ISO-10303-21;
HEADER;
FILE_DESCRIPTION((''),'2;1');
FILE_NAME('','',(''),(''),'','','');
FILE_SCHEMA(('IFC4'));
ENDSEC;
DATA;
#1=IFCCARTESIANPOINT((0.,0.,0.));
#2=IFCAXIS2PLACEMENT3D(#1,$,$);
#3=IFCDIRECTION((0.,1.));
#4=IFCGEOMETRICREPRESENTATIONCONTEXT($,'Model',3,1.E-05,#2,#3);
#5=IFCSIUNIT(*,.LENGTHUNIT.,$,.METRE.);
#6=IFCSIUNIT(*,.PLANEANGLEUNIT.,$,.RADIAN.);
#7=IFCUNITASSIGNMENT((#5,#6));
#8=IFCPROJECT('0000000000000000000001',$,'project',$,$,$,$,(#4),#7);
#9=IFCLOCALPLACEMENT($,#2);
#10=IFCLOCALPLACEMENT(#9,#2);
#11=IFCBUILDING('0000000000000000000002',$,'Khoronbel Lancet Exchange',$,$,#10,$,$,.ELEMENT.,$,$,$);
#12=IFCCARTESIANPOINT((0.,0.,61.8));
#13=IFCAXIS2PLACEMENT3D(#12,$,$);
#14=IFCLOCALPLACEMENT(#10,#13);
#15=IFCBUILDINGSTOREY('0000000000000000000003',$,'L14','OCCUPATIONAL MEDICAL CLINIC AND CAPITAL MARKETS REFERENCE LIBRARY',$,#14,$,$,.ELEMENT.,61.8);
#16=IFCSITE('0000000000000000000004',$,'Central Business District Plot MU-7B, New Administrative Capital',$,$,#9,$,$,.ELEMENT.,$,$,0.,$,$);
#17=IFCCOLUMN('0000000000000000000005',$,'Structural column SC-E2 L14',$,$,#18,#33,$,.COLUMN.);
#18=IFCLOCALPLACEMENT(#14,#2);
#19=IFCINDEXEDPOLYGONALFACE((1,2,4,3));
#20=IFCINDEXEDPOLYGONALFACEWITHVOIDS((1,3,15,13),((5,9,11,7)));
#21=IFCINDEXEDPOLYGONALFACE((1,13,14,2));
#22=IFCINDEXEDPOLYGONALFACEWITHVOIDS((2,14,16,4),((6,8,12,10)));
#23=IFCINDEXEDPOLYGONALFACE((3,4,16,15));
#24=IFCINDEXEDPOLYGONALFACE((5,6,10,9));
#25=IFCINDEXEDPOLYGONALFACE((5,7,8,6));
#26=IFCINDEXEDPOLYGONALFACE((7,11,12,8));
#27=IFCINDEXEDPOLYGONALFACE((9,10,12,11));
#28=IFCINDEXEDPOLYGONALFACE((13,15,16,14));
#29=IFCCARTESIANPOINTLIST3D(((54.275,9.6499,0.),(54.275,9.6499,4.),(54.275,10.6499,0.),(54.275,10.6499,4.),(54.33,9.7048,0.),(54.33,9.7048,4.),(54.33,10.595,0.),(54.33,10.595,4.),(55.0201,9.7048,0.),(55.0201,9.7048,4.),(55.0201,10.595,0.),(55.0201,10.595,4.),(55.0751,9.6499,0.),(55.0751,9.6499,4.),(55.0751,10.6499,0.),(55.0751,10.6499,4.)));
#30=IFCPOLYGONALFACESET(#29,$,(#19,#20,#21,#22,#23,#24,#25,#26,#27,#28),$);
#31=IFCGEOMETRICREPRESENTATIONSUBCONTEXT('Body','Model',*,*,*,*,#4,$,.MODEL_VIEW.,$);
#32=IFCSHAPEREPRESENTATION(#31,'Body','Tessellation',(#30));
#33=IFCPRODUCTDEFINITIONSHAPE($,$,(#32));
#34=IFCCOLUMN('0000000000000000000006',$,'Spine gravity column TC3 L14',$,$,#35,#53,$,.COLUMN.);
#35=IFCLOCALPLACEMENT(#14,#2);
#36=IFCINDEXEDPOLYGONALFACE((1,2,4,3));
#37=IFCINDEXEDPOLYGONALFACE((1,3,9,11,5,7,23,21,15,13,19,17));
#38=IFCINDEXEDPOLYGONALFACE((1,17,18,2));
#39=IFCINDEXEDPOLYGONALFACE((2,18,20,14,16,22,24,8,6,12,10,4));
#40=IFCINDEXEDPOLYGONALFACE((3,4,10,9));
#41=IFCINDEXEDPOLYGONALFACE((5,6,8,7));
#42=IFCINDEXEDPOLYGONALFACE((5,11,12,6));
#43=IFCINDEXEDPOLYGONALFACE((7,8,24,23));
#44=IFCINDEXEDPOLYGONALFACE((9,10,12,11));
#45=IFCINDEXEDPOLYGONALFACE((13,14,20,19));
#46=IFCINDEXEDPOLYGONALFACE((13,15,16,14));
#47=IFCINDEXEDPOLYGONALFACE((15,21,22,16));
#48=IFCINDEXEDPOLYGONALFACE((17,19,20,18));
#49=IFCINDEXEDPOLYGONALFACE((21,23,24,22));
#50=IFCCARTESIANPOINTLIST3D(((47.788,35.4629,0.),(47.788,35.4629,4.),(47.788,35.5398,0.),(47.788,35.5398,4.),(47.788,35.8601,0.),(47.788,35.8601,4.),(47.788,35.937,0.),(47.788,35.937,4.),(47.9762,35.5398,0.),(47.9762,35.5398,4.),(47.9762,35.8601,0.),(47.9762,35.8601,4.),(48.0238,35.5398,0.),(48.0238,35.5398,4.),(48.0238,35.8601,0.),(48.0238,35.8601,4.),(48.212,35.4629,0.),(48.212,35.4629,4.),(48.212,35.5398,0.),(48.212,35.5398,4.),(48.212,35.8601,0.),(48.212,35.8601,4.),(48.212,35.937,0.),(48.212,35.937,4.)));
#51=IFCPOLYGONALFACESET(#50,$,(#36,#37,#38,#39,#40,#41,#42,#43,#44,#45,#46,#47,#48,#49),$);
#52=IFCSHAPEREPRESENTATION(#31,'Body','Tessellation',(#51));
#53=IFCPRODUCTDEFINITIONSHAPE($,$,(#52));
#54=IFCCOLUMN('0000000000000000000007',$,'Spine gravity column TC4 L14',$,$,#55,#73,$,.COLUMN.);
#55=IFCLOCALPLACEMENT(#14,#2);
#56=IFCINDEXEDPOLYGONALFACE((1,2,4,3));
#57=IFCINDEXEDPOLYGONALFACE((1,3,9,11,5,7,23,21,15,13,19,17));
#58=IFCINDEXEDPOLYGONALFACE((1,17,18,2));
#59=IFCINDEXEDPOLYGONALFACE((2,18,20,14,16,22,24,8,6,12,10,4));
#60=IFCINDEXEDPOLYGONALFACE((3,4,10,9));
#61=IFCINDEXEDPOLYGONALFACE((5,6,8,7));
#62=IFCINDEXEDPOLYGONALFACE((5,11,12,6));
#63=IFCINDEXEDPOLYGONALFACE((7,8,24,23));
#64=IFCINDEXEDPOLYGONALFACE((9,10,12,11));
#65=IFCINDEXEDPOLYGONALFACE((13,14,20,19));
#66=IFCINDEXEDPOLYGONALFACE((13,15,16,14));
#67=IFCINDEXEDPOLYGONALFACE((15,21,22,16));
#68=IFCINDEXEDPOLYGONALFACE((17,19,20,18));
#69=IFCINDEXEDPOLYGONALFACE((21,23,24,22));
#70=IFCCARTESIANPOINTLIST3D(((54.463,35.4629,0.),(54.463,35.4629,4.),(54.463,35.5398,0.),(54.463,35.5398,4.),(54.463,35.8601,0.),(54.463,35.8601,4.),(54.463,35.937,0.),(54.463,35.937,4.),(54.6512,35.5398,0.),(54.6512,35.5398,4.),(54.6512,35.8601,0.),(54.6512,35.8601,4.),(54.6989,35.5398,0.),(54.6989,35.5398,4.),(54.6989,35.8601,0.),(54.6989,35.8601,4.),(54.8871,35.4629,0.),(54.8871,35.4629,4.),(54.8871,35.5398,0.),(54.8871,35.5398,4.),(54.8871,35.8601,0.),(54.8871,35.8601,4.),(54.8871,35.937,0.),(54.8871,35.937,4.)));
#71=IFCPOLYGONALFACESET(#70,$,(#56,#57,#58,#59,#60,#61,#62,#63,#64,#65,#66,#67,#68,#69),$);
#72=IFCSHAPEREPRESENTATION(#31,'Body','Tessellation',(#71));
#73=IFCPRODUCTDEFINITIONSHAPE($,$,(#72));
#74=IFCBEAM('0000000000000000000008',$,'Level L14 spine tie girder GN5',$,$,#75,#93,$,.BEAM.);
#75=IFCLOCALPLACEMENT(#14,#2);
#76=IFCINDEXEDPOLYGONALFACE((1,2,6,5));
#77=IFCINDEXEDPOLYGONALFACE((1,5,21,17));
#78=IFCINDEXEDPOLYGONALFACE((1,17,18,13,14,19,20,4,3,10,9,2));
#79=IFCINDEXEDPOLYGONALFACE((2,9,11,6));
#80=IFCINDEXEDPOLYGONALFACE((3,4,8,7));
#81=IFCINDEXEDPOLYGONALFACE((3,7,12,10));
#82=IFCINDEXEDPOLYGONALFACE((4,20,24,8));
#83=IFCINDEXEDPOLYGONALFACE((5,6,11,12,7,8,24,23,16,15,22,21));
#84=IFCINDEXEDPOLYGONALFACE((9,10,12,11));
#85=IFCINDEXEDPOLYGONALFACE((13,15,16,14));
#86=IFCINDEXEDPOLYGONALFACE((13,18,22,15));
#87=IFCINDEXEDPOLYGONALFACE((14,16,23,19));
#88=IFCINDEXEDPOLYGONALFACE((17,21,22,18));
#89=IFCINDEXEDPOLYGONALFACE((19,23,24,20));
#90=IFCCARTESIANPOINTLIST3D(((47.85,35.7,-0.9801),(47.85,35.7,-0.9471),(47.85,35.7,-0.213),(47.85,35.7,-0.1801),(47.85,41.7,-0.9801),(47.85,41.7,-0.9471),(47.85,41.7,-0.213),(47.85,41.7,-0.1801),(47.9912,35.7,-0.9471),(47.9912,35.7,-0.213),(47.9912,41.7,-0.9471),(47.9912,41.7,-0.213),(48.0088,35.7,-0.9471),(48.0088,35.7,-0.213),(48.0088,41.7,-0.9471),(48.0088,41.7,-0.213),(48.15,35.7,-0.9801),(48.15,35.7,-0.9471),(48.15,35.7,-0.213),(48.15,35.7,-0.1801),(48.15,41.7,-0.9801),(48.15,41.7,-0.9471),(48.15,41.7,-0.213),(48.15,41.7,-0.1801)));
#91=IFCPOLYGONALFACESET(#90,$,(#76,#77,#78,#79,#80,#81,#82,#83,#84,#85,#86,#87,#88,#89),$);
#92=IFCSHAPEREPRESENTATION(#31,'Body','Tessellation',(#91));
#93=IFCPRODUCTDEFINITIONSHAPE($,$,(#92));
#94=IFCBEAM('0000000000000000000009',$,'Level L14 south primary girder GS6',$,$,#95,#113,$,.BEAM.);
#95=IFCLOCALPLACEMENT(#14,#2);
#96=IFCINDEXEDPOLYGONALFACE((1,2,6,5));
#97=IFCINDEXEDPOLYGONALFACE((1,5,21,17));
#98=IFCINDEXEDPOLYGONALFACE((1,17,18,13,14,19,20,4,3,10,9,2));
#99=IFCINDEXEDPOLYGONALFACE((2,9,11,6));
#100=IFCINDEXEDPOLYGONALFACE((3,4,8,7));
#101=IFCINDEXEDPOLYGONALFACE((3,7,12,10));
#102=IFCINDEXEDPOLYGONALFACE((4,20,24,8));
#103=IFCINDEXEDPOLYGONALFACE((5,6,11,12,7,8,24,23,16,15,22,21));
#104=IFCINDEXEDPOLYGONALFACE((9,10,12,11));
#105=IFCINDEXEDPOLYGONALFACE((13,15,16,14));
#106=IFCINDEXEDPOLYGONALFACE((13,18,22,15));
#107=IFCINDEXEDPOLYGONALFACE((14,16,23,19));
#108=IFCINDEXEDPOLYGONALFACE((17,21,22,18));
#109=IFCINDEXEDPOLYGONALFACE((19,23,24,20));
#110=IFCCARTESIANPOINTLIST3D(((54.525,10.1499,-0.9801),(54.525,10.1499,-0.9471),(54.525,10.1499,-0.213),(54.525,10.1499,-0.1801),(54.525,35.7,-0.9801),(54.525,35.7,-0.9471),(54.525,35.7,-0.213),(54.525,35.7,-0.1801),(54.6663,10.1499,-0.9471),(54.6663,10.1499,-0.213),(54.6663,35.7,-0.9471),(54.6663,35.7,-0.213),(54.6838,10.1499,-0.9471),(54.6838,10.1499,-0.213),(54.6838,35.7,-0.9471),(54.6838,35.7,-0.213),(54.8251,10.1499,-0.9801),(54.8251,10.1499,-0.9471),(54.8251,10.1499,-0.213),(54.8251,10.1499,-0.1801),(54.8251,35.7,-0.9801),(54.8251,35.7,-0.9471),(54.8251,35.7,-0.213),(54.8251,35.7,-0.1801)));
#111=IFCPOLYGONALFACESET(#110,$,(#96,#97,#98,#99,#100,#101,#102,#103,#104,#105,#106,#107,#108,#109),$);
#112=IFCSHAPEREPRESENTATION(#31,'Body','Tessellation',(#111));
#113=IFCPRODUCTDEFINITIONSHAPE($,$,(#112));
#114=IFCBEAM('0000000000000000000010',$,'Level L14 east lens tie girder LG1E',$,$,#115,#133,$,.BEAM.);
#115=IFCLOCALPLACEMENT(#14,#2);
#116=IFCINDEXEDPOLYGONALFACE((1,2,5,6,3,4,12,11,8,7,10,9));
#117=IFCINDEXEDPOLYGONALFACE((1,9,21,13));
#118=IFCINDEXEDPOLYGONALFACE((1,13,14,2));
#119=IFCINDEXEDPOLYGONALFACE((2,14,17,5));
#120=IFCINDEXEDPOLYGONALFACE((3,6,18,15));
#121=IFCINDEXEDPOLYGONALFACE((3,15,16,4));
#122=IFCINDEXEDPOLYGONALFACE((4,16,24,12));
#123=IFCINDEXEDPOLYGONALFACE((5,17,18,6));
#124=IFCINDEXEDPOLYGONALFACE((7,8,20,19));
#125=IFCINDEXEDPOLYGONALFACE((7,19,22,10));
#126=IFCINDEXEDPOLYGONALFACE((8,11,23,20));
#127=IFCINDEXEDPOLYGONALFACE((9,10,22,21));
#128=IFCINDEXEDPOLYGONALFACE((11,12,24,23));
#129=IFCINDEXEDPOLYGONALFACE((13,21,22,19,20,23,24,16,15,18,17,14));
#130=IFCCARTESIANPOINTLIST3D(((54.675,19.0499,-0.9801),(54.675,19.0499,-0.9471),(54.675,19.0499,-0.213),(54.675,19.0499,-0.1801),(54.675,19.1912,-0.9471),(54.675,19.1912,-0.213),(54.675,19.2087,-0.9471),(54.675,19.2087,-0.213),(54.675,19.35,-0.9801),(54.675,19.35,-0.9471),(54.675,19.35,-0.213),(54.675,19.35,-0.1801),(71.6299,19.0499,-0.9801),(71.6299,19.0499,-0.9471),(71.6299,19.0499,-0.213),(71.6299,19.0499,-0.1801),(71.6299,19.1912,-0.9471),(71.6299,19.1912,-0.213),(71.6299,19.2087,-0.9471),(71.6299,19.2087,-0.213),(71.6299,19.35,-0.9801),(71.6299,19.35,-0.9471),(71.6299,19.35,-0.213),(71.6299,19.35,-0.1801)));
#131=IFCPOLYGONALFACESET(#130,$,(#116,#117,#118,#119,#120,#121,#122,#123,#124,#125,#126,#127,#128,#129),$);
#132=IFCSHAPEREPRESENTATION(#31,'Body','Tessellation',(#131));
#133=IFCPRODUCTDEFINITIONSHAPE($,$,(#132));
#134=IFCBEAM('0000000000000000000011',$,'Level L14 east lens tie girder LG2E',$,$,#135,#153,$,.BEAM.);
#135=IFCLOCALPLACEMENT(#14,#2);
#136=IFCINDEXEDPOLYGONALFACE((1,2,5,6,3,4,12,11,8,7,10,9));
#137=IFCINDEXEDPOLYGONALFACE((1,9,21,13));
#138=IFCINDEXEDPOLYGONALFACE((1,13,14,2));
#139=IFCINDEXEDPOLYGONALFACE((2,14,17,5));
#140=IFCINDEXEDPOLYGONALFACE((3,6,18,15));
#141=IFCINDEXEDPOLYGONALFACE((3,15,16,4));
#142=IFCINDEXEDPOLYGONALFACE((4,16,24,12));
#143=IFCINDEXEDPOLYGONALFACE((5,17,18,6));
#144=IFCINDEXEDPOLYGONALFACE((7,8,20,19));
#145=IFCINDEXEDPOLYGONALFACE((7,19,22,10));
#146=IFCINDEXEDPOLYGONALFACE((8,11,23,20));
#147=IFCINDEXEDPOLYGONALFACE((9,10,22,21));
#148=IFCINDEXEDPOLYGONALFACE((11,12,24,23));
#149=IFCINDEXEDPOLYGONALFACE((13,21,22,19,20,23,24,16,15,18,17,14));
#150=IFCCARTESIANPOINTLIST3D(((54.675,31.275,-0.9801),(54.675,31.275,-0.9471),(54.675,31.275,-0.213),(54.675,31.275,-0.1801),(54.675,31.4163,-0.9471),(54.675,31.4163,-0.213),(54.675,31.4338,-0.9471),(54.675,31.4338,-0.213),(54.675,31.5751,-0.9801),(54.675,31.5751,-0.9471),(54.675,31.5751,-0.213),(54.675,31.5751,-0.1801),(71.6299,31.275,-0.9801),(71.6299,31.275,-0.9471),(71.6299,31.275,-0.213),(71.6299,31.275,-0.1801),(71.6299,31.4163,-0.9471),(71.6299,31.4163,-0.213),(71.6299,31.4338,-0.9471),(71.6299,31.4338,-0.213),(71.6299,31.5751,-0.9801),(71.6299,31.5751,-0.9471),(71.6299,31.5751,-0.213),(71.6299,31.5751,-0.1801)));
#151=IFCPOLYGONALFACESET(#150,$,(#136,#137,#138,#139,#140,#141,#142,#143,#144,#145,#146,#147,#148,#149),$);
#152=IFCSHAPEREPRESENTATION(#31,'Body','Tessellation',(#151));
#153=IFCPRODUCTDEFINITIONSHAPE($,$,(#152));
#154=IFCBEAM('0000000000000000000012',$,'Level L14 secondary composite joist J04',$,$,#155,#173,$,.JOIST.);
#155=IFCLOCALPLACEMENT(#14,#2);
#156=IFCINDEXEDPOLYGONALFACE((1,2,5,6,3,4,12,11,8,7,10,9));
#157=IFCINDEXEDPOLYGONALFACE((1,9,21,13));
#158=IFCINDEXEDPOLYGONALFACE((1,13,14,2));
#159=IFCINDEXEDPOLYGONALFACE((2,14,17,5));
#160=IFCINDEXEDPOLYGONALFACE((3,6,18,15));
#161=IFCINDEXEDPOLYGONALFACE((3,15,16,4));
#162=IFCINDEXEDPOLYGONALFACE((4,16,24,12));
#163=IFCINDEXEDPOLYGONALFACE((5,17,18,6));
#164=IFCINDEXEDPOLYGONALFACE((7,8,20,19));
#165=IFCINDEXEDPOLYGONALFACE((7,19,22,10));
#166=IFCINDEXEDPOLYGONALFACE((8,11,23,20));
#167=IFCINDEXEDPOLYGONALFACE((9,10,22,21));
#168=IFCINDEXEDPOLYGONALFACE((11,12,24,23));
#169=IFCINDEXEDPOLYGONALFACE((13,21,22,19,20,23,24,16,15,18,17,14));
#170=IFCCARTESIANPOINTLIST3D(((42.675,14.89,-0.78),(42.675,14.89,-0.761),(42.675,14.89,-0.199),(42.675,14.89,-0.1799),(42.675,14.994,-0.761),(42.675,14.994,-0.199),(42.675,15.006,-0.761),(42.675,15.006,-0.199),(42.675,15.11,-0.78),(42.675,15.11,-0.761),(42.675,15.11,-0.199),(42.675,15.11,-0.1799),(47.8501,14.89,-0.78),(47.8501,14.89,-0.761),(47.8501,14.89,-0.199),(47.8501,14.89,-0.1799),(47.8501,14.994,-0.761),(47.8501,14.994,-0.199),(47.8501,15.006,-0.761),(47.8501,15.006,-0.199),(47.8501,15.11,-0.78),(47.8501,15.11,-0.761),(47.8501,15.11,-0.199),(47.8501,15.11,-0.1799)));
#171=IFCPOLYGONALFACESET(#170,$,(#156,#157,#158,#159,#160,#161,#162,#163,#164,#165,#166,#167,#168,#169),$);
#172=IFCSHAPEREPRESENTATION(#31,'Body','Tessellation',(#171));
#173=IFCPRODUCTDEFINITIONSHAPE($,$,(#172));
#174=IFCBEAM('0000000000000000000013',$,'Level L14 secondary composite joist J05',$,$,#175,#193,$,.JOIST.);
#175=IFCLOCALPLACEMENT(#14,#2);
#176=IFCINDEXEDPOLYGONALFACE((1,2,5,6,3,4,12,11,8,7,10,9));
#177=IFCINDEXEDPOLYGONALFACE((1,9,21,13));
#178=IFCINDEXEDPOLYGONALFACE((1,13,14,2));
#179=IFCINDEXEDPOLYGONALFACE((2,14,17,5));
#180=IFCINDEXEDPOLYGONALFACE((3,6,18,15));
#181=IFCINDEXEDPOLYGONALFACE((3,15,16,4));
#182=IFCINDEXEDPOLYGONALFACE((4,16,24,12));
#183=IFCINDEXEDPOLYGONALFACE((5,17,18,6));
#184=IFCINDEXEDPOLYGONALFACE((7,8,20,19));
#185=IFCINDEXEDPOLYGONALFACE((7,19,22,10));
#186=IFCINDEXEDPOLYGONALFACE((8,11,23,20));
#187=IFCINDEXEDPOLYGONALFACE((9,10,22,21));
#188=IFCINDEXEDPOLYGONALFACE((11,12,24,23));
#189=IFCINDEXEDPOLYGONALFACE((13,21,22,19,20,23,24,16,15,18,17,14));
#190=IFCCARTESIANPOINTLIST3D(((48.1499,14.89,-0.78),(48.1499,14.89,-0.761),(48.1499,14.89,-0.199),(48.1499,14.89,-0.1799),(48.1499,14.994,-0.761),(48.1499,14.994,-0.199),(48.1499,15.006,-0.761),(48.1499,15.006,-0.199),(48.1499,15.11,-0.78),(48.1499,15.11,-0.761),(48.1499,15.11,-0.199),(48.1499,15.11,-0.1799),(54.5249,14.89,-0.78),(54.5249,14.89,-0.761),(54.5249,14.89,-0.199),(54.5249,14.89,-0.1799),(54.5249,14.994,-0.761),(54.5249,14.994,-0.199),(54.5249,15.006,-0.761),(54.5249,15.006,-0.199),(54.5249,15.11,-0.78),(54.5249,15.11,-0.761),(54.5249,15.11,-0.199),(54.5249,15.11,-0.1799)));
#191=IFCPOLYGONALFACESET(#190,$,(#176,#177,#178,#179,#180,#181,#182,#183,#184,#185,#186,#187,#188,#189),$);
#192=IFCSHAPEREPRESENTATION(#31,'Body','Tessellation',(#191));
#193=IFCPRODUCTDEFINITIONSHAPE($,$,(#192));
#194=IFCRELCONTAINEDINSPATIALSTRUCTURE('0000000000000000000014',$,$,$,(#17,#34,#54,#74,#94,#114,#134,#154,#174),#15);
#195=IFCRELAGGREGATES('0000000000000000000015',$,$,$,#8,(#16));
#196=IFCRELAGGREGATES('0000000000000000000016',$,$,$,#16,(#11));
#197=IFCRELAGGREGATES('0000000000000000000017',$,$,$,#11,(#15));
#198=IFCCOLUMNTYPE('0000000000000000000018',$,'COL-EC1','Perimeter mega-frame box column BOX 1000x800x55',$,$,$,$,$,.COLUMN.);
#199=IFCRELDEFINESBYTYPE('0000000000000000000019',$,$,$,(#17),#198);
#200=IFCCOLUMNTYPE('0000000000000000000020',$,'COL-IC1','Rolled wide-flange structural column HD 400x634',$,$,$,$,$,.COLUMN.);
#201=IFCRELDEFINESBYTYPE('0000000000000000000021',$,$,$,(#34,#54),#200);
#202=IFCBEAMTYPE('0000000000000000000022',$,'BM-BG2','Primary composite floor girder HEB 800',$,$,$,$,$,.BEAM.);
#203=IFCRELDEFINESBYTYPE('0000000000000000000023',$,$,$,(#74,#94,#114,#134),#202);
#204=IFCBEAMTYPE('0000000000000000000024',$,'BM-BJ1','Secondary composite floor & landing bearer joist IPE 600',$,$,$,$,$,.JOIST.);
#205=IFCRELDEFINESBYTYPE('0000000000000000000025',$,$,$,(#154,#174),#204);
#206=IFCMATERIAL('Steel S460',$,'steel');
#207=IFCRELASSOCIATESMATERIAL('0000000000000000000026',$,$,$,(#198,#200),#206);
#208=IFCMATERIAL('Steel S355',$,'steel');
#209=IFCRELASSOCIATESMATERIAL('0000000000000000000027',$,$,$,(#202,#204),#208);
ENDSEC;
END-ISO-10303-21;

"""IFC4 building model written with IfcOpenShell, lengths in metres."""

from ifc_helpers import new_model, si_unit, direction, frame, origin, origin_2d, place, context, subcontext, project, spatial, hollow_rectangle, i_section, extrude, material, material_profile, profile_set, type_object, element, save


model = new_model("IFC4")

# Units and contexts
model_context = context("Model", 3, precision=1e-05, world=origin(), true_north=direction((0.0, 1.0)))
body_context = subcontext(model_context, "Body", "Model", "MODEL_VIEW")
ifc_project = project(units=[si_unit("LENGTHUNIT", "METRE"), si_unit("PLANEANGLEUNIT", "RADIAN")], contexts=[model_context])

# Site, building, storey
site_placement = place(None, origin())
site = spatial("IfcSite", under=ifc_project, at=site_placement, Name="Central Business District Plot MU-7B, New Administrative Capital", CompositionType="ELEMENT", RefElevation=0.0)
building_placement = place(site_placement, origin())
building = spatial("IfcBuilding", under=site, at=building_placement, Name="Khoronbel Lancet Exchange", CompositionType="ELEMENT")
storey_placement = place(building_placement, frame((0.0, 0.0, 61.8)))
storey = spatial("IfcBuildingStorey", under=building, at=storey_placement, Name="L14", Description="OCCUPATIONAL MEDICAL CLINIC AND CAPITAL MARKETS REFERENCE LIBRARY", CompositionType="ELEMENT", Elevation=61.8)

# Columns
ifc_material_1 = material(Name="Steel S460", Category="steel")
ifc_material_profile_1 = material_profile(ifc_material_1, hollow_rectangle(XDim=0.8, YDim=1.0, WallThickness=0.0549, at=origin_2d()), Name="BOX 1000x800x55")
ifc_profile_set_1 = profile_set([ifc_material_profile_1], Name="Steel S460")
column_type_1 = type_object("IfcColumnType", Name="COL-EC1", Description="Perimeter mega-frame box column BOX 1000x800x55", PredefinedType="COLUMN", material=ifc_profile_set_1)
column_placement = place(storey_placement, frame((54.675, 10.1499, 0.0), z_axis=(0.0, 0.0, 1.0), x_axis=(1.0, 0.0, 0.0)))
element("IfcColumn", 1, at=column_placement, inside=storey, type_object=column_type_1, Name="Structural column SC-E2 L14", PredefinedType="COLUMN", context=body_context, shape_type="SweptSolid", body=[
    extrude(hollow_rectangle(XDim=0.8, YDim=1.0, WallThickness=0.0549, at=origin_2d()), origin(), (0.0, 0.0, 1.0), 4.0),
])
ifc_material_profile_2 = material_profile(ifc_material_1, i_section(OverallWidth=0.4241, OverallDepth=0.4741, WebThickness=0.0476, FlangeThickness=0.0769, at=origin_2d()), Name="HD 400x634")
ifc_profile_set_2 = profile_set([ifc_material_profile_2], Name="Steel S460")
column_type_2 = type_object("IfcColumnType", Name="COL-IC1", Description="Rolled wide-flange structural column HD 400x634", PredefinedType="COLUMN", material=ifc_profile_set_2)
for number, where, z_axis, x_axis, name in (
    (2, (48.0, 35.7, 0.0), (0.0, 0.0, 1.0), (1.0, 0.0, 0.0), "Spine gravity column TC3 L14"),
    (3, (54.675, 35.7, 0.0), (0.0, 0.0, 1.0), (1.0, 0.0, 0.0), "Spine gravity column TC4 L14"),
):
    element("IfcColumn", number, at=place(storey_placement, frame(where, z_axis=z_axis, x_axis=x_axis)), inside=storey, type_object=column_type_2, Name=name, PredefinedType="COLUMN", context=body_context, shape_type="SweptSolid", body=[
        extrude(i_section(OverallWidth=0.4241, OverallDepth=0.4741, WebThickness=0.0476, FlangeThickness=0.0769, at=origin_2d()), origin(), (0.0, 0.0, 1.0), 4.0),
    ])

# Beams
ifc_material_2 = material(Name="Steel S355", Category="steel")
ifc_material_profile_3 = material_profile(ifc_material_2, i_section(OverallWidth=0.3, OverallDepth=0.8, WebThickness=0.0176, FlangeThickness=0.033, at=origin_2d()), Name="HEB 800")
ifc_profile_set_3 = profile_set([ifc_material_profile_3], Name="Steel S355")
beam_type_1 = type_object("IfcBeamType", Name="BM-BG2", Description="Primary composite floor girder HEB 800", PredefinedType="BEAM", material=ifc_profile_set_3)
beam_1_placement = place(storey_placement, frame((48.0, 35.7, -0.5801), z_axis=(0.0, 1.0, 0.0), x_axis=(-1.0, 0.0, 0.0)))
element("IfcBeam", 4, at=beam_1_placement, inside=storey, type_object=beam_type_1, Name="Level L14 spine tie girder GN5", PredefinedType="BEAM", context=body_context, shape_type="SweptSolid", body=[
    extrude(i_section(OverallWidth=0.3, OverallDepth=0.8, WebThickness=0.0176, FlangeThickness=0.033, at=origin_2d()), origin(), (0.0, 0.0, 1.0), 6.0),
])
beam_2_placement = place(storey_placement, frame((54.675, 10.1499, -0.5801), z_axis=(0.0, 1.0, 0.0), x_axis=(-1.0, 0.0, 0.0)))
element("IfcBeam", 5, at=beam_2_placement, inside=storey, type_object=beam_type_1, Name="Level L14 south primary girder GS6", PredefinedType="BEAM", context=body_context, shape_type="SweptSolid", body=[
    extrude(i_section(OverallWidth=0.3, OverallDepth=0.8, WebThickness=0.0176, FlangeThickness=0.033, at=origin_2d()), origin(), (0.0, 0.0, 1.0), 25.55),
])
for number, where, z_axis, x_axis, name in (
    (6, (54.675, 19.2, -0.5801), (1.0, 0.0, 0.0), (0.0, 1.0, 0.0), "Level L14 east lens tie girder LG1E"),
    (7, (54.675, 31.425, -0.5801), (1.0, 0.0, 0.0), (0.0, 1.0, 0.0), "Level L14 east lens tie girder LG2E"),
):
    element("IfcBeam", number, at=place(storey_placement, frame(where, z_axis=z_axis, x_axis=x_axis)), inside=storey, type_object=beam_type_1, Name=name, PredefinedType="BEAM", context=body_context, shape_type="SweptSolid", body=[
        extrude(i_section(OverallWidth=0.3, OverallDepth=0.8, WebThickness=0.0176, FlangeThickness=0.033, at=origin_2d()), origin(), (0.0, 0.0, 1.0), 16.9548),
    ])
ifc_material_profile_4 = material_profile(ifc_material_2, i_section(OverallWidth=0.22, OverallDepth=0.6001, WebThickness=0.012, FlangeThickness=0.019, at=origin_2d()), Name="IPE 600")
ifc_profile_set_4 = profile_set([ifc_material_profile_4], Name="Steel S355")
beam_type_2 = type_object("IfcBeamType", Name="BM-BJ1", Description="Secondary composite floor & landing bearer joist IPE 600", PredefinedType="JOIST", material=ifc_profile_set_4)
beam_3_placement = place(storey_placement, frame((42.675, 15.0, -0.48), z_axis=(1.0, 0.0, 0.0), x_axis=(0.0, 1.0, 0.0)))
element("IfcBeam", 8, at=beam_3_placement, inside=storey, type_object=beam_type_2, Name="Level L14 secondary composite joist J04", PredefinedType="JOIST", context=body_context, shape_type="SweptSolid", body=[
    extrude(i_section(OverallWidth=0.22, OverallDepth=0.6001, WebThickness=0.012, FlangeThickness=0.019, at=origin_2d()), origin(), (0.0, 0.0, 1.0), 5.175),
])
beam_4_placement = place(storey_placement, frame((48.1499, 15.0, -0.48), z_axis=(1.0, 0.0, 0.0), x_axis=(0.0, 1.0, 0.0)))
element("IfcBeam", 9, at=beam_4_placement, inside=storey, type_object=beam_type_2, Name="Level L14 secondary composite joist J05", PredefinedType="JOIST", context=body_context, shape_type="SweptSolid", body=[
    extrude(i_section(OverallWidth=0.22, OverallDepth=0.6001, WebThickness=0.012, FlangeThickness=0.019, at=origin_2d()), origin(), (0.0, 0.0, 1.0), 6.375),
])

save(model, "model.ifc")
